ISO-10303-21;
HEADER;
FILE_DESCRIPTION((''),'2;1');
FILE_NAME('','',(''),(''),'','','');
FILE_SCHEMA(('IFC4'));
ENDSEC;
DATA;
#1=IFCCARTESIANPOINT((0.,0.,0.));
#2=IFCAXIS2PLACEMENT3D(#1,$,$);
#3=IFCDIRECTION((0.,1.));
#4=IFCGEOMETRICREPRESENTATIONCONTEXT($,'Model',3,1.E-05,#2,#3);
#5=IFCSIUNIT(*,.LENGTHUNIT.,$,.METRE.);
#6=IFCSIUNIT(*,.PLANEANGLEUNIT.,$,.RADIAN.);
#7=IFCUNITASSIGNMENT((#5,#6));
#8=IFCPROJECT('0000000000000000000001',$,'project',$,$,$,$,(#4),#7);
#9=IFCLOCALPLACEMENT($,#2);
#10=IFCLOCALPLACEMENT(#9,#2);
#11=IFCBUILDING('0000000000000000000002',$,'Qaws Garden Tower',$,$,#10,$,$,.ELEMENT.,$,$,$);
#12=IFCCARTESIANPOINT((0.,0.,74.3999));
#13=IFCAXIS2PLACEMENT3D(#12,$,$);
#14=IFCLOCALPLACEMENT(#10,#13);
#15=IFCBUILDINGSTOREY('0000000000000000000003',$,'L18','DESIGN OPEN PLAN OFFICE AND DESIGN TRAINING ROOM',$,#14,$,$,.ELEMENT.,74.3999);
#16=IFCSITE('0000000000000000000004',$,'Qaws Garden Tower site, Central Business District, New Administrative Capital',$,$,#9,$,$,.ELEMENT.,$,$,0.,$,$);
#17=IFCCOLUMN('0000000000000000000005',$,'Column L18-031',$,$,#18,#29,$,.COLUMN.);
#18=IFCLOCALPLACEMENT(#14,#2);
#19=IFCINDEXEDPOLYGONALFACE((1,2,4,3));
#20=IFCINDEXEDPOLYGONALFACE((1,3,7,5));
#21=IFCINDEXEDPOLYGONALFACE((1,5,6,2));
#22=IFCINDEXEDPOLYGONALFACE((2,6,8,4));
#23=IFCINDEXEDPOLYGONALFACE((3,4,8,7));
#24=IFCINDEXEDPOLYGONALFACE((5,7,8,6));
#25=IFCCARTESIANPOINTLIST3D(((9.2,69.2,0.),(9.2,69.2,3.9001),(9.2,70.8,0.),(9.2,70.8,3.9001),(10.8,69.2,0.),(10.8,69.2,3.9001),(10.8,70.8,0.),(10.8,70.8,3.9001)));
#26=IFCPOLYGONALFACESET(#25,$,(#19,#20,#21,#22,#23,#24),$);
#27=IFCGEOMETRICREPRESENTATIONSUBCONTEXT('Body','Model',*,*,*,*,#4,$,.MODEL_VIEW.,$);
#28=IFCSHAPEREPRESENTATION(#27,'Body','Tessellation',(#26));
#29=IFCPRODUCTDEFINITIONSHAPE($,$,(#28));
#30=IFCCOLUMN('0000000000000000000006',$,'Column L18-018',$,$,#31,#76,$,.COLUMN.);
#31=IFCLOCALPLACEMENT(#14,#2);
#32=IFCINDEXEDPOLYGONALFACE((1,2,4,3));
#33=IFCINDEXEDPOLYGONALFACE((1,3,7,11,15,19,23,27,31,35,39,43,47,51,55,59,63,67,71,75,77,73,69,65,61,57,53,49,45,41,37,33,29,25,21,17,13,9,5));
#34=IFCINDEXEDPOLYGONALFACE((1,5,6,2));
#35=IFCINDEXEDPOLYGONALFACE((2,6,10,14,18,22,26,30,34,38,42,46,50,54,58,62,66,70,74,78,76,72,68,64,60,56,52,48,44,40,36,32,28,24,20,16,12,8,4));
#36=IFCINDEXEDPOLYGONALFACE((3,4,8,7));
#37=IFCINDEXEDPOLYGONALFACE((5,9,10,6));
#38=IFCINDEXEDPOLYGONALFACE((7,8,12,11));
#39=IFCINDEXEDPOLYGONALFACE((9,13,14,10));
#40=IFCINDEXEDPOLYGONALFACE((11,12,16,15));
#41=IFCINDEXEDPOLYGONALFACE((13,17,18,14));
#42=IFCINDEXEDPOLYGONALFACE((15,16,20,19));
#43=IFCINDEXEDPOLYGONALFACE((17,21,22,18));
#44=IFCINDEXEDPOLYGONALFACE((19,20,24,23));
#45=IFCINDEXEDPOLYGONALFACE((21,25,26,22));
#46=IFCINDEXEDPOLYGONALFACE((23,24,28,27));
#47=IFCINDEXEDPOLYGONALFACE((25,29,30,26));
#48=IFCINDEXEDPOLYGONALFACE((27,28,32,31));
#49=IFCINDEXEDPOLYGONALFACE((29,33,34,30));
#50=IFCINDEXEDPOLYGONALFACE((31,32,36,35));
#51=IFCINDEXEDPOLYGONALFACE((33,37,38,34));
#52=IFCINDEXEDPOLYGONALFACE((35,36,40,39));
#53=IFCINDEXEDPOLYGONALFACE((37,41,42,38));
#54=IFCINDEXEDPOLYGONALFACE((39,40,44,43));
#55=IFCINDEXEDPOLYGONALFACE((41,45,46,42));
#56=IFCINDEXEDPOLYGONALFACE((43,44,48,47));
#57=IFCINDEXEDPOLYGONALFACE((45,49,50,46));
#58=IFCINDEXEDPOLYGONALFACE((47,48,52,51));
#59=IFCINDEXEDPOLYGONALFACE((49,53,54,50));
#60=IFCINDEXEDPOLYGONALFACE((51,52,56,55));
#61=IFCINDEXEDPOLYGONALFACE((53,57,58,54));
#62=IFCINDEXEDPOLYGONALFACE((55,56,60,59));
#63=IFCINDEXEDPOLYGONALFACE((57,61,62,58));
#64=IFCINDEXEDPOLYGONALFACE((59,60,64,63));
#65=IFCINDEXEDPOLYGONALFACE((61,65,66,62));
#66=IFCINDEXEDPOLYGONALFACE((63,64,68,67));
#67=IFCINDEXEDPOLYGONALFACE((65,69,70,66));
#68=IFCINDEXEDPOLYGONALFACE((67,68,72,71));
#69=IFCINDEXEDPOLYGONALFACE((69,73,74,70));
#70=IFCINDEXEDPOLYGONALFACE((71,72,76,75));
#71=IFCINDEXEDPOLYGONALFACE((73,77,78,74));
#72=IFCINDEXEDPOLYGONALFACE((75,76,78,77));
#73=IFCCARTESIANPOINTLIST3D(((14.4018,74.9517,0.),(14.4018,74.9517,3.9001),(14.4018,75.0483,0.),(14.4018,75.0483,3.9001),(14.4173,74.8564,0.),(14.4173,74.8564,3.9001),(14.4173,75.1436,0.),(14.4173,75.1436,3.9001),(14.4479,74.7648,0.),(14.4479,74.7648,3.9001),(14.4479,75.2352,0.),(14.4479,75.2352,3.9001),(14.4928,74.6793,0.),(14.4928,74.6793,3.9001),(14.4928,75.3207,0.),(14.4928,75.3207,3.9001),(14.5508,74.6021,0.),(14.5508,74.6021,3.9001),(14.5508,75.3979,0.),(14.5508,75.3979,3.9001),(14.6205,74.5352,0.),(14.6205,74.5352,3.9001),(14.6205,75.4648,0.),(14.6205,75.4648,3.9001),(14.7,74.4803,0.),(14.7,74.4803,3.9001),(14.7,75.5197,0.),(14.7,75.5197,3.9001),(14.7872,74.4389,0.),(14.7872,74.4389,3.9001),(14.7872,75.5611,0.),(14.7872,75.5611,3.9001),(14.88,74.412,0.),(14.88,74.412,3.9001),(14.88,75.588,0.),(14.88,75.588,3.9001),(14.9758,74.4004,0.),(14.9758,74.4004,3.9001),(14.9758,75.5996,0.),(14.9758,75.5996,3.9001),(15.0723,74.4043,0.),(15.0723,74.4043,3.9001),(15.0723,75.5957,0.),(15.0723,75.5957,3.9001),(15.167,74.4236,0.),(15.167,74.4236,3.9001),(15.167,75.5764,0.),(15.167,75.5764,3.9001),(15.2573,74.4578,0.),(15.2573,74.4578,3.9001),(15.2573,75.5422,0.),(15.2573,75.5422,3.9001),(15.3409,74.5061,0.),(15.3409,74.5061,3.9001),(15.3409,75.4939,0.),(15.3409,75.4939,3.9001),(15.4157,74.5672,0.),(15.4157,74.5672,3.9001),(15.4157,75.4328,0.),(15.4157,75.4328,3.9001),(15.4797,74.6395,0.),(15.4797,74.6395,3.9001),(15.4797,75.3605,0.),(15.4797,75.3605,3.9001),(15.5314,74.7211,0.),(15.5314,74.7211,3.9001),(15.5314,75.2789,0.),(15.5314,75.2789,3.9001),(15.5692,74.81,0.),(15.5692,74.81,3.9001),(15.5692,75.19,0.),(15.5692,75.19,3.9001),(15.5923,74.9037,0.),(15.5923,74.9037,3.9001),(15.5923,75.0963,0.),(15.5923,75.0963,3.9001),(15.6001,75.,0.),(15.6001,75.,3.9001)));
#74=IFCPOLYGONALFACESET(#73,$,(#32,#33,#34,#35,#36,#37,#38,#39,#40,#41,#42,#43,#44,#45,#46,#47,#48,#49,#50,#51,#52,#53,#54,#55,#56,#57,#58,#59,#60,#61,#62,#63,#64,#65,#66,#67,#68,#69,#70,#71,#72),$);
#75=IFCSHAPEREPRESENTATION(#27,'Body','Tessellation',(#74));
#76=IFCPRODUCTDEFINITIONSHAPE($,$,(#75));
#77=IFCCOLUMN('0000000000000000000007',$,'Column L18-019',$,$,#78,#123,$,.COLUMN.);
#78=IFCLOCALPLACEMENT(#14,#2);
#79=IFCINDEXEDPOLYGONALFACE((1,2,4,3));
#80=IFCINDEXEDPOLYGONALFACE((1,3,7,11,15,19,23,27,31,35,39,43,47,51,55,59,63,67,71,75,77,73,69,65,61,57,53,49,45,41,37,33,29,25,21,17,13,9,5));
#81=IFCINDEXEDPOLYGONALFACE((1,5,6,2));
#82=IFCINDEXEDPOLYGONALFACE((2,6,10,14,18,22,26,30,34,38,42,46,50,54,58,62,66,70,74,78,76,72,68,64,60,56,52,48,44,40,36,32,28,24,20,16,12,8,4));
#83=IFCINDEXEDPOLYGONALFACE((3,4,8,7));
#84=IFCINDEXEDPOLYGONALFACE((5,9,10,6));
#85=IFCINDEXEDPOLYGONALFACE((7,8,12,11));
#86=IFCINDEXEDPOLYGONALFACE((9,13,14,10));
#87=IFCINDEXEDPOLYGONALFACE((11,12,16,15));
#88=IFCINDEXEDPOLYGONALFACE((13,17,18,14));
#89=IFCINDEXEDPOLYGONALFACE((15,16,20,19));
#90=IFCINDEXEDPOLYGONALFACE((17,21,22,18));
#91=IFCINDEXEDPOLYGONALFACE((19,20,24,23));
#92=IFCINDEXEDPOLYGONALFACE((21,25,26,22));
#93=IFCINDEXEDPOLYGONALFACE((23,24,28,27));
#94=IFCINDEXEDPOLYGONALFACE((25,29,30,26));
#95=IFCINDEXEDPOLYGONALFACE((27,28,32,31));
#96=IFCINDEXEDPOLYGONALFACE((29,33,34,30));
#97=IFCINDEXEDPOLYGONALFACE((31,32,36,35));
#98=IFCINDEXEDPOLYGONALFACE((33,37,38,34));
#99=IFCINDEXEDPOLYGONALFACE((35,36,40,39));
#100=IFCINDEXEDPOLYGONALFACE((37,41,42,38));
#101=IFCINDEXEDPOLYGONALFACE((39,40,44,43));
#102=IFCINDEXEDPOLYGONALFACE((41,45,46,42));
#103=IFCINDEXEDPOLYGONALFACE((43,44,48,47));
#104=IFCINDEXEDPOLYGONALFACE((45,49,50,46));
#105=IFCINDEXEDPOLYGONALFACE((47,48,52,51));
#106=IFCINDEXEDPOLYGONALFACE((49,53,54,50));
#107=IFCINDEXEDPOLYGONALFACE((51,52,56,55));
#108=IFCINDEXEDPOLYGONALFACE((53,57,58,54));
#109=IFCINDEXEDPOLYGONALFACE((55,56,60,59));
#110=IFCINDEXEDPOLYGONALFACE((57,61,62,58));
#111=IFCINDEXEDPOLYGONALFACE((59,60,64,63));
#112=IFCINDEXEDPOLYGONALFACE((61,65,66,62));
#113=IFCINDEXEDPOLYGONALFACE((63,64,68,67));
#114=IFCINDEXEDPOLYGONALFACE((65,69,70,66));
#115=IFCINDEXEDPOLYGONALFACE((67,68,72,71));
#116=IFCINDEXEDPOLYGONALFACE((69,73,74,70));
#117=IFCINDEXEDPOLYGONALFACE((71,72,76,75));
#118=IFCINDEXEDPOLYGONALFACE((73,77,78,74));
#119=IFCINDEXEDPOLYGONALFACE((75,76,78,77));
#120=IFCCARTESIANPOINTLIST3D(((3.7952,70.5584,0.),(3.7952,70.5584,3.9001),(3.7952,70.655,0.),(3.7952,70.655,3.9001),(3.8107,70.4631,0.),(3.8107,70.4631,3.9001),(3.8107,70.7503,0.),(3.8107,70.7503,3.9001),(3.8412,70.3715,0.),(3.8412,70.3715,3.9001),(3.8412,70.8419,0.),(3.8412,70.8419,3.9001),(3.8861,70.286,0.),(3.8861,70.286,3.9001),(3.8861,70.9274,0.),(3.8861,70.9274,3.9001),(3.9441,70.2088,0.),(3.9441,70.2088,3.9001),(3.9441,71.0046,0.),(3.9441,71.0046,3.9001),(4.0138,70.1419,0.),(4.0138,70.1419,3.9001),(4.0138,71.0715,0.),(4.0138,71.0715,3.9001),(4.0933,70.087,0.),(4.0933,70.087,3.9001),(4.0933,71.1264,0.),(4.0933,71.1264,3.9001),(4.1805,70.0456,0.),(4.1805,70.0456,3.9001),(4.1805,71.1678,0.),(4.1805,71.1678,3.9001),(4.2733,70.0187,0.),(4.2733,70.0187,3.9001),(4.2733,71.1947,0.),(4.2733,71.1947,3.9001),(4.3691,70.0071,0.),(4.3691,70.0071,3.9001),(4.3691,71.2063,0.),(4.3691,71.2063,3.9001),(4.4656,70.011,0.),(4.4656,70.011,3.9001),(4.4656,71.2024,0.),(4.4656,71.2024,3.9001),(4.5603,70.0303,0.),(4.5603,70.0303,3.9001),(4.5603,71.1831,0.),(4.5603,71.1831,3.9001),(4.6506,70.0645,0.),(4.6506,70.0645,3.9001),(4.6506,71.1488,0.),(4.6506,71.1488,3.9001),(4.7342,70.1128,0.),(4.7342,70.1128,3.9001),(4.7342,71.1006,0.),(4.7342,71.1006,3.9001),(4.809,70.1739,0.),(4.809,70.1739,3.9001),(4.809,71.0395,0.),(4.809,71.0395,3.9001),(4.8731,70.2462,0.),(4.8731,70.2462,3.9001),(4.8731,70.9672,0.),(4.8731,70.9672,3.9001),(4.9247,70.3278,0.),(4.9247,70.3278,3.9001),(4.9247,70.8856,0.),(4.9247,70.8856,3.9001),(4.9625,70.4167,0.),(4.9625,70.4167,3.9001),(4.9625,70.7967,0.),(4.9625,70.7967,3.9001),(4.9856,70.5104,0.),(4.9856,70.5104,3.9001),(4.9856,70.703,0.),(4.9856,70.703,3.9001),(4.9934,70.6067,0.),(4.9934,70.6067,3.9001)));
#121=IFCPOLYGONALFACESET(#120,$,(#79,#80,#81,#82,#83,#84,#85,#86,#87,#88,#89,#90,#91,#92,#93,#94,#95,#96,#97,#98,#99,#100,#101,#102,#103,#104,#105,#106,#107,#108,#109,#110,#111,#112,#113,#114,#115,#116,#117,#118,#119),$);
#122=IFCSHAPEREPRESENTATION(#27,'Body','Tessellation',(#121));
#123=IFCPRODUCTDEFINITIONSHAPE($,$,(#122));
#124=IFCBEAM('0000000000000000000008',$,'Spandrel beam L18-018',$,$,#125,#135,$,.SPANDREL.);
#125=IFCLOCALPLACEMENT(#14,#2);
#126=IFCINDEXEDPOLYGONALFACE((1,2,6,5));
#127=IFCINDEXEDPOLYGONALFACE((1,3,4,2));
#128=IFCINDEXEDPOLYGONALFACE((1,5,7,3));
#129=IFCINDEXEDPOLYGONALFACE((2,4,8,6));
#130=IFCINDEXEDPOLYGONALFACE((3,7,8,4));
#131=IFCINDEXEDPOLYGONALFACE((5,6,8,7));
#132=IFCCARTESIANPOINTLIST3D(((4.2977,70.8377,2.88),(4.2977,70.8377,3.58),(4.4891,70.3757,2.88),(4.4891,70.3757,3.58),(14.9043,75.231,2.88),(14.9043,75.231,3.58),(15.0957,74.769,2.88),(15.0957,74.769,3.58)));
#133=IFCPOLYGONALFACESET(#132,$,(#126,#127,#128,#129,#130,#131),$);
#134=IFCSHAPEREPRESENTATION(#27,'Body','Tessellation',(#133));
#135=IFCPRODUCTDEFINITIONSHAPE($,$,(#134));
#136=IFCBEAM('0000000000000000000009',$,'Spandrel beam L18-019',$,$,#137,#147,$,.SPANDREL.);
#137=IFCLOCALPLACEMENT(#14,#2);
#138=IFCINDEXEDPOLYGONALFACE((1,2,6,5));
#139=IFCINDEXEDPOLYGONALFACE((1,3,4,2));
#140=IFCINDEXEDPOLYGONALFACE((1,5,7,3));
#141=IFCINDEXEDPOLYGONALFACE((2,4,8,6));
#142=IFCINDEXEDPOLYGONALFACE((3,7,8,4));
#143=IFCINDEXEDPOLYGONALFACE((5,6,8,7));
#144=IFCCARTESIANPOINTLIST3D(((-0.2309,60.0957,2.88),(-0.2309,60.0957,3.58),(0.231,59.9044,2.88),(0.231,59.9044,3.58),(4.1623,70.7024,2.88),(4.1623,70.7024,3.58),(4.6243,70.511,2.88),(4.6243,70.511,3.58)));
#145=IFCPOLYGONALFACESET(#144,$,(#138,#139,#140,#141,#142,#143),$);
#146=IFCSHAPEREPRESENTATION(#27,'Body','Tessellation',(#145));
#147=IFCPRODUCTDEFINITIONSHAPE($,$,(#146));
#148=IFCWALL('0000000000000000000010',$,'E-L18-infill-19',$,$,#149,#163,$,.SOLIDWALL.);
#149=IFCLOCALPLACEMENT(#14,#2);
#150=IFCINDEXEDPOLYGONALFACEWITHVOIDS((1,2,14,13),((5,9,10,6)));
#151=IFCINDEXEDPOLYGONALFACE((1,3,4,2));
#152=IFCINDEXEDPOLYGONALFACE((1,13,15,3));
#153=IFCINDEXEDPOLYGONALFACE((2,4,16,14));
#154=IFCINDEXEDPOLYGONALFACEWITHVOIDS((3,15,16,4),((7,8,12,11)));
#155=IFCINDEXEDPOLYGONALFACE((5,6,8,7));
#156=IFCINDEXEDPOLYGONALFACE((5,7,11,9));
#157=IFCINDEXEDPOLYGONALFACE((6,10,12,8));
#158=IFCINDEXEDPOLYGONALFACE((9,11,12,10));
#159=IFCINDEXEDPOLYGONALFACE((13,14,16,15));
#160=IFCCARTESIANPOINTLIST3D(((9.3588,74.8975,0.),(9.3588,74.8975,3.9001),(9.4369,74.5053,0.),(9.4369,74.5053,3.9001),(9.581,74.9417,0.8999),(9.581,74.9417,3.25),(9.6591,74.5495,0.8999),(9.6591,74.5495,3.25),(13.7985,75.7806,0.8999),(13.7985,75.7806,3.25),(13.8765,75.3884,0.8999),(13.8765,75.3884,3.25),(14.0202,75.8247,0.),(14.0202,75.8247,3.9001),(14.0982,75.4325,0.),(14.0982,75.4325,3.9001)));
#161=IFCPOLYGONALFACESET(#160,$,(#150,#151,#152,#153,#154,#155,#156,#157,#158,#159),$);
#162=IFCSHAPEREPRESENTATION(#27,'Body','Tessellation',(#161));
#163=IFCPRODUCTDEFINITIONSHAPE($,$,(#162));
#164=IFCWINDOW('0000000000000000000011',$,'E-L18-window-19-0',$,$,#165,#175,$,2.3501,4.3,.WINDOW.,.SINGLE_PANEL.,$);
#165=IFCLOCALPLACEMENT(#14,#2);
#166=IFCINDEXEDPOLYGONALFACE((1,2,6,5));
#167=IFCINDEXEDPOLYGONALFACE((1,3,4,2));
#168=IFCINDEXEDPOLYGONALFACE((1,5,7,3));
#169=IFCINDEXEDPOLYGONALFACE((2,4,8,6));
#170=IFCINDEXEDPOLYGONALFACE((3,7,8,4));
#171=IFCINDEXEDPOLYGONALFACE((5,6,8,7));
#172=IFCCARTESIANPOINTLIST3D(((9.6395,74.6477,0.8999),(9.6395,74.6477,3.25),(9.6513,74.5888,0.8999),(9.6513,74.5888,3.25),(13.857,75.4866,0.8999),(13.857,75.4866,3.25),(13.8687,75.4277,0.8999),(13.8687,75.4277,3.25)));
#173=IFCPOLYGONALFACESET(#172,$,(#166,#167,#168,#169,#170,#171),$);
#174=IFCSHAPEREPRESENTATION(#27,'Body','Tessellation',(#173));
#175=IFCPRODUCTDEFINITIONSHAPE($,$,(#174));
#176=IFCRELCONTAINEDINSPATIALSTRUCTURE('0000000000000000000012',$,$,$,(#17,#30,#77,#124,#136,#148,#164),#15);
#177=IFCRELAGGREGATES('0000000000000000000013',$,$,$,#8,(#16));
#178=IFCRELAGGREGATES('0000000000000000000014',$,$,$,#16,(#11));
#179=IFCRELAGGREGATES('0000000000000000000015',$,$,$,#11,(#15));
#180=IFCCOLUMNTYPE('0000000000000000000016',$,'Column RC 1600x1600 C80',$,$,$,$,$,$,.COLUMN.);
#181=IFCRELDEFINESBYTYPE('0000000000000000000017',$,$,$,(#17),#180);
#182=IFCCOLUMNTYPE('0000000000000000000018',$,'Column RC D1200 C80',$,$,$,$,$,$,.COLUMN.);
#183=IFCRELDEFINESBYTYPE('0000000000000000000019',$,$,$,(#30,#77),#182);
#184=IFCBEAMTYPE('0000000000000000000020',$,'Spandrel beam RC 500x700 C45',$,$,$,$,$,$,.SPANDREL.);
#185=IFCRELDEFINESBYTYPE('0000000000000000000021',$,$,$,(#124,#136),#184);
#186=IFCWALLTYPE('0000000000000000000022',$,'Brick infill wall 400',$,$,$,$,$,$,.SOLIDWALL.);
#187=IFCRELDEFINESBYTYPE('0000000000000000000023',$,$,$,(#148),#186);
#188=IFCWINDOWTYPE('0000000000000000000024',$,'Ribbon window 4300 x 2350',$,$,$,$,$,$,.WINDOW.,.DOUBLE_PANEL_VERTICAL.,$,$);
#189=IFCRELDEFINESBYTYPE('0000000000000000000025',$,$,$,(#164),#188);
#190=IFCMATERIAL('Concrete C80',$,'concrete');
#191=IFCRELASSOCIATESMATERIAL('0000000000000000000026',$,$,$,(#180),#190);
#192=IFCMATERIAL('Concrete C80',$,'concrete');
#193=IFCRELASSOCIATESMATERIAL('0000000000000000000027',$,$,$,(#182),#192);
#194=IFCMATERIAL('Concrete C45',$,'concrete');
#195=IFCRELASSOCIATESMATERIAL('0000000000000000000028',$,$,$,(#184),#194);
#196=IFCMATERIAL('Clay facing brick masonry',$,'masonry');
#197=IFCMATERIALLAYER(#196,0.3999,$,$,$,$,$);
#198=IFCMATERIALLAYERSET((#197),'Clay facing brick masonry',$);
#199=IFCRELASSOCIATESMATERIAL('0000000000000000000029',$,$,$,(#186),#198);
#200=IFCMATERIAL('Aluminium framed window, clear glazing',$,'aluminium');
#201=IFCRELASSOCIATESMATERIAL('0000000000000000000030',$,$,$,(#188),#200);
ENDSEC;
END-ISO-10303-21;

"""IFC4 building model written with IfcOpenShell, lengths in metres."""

from ifc_helpers import new_model, si_unit, direction, frame, frame_2d, origin, origin_2d, place, context, subcontext, project, spatial, rectangle, circle, extrude, material, layer, layer_set, material_profile, profile_set, type_object, element, fill, save


model = new_model("IFC4")

# Units and contexts
model_context = context("Model", 3, precision=1e-05, world=origin(), true_north=direction((0.0, 1.0)))
body_context = subcontext(model_context, "Body", "Model", "MODEL_VIEW")
ifc_project = project(units=[si_unit("LENGTHUNIT", "METRE"), si_unit("PLANEANGLEUNIT", "RADIAN")], contexts=[model_context])

# Site, building, storey
site_placement = place(None, origin())
site = spatial("IfcSite", under=ifc_project, at=site_placement, Name="Qaws Garden Tower site, Central Business District, New Administrative Capital", CompositionType="ELEMENT", RefElevation=0.0)
building_placement = place(site_placement, origin())
building = spatial("IfcBuilding", under=site, at=building_placement, Name="Qaws Garden Tower", CompositionType="ELEMENT")
storey_placement = place(building_placement, frame((0.0, 0.0, 74.3999)))
storey = spatial("IfcBuildingStorey", under=building, at=storey_placement, Name="L18", Description="DESIGN OPEN PLAN OFFICE AND DESIGN TRAINING ROOM", CompositionType="ELEMENT", Elevation=74.3999)

# Columns
ifc_material_1 = material(Name="Concrete C80", Category="concrete")
ifc_material_profile_1 = material_profile(ifc_material_1, rectangle(XDim=1.6001, YDim=1.6001, at=origin_2d()), Name="RC 1600x1600")
ifc_profile_set_1 = profile_set([ifc_material_profile_1], Name="Concrete C80")
column_type_1 = type_object("IfcColumnType", Name="Column RC 1600x1600 C80", PredefinedType="COLUMN", material=ifc_profile_set_1)
column_placement = place(storey_placement, frame((10.0, 70.0, 0.0), z_axis=(0.0, 0.0, 1.0), x_axis=(1.0, 0.0, 0.0)))
element("IfcColumn", 1, at=column_placement, inside=storey, type_object=column_type_1, Name="Column L18-031", PredefinedType="COLUMN", context=body_context, shape_type="SweptSolid", body=[
    extrude(rectangle(XDim=1.6001, YDim=1.6001, at=origin_2d()), origin(), (0.0, 0.0, 1.0), 3.9001),
])
ifc_material_2 = material(Name="Concrete C80", Category="concrete")
ifc_material_profile_2 = material_profile(ifc_material_2, circle(Radius=0.6001, at=origin_2d()), Name="RC D1200")
ifc_profile_set_2 = profile_set([ifc_material_profile_2], Name="Concrete C80")
column_type_2 = type_object("IfcColumnType", Name="Column RC D1200 C80", PredefinedType="COLUMN", material=ifc_profile_set_2)
for number, where, z_axis, x_axis, name in (
    (2, (15.0, 75.0, 0.0), (0.0, 0.0, 1.0), (1.0, 0.0, 0.0), "Column L18-018"),
    (3, (4.3933, 70.6067, 0.0), (0.0, 0.0, 1.0), (1.0, 0.0, 0.0), "Column L18-019"),
):
    element("IfcColumn", number, at=place(storey_placement, frame(where, z_axis=z_axis, x_axis=x_axis)), inside=storey, type_object=column_type_2, Name=name, PredefinedType="COLUMN", context=body_context, shape_type="SweptSolid", body=[
        extrude(circle(Radius=0.6001, at=origin_2d()), origin(), (0.0, 0.0, 1.0), 3.9001),
    ])

# Beams
ifc_material_3 = material(Name="Concrete C45", Category="concrete")
ifc_material_profile_3 = material_profile(ifc_material_3, rectangle(XDim=0.5, YDim=0.7, at=origin_2d()), Name="RC 500x700")
ifc_profile_set_3 = profile_set([ifc_material_profile_3], Name="Concrete C45")
beam_type = type_object("IfcBeamType", Name="Spandrel beam RC 500x700 C45", PredefinedType="SPANDREL", material=ifc_profile_set_3)
for number, where, z_axis, x_axis, name in (
    (4, (15.0, 75.0, 3.23), (-0.923883, -0.382674, 0.0), (0.382674, -0.923883, 0.0), "Spandrel beam L18-018"),
    (5, (4.3933, 70.6067, 3.23), (-0.382674, -0.923883, 0.0), (0.923883, -0.382674, 0.0), "Spandrel beam L18-019"),
):
    element("IfcBeam", number, at=place(storey_placement, frame(where, z_axis=z_axis, x_axis=x_axis)), inside=storey, type_object=beam_type, Name=name, PredefinedType="SPANDREL", context=body_context, shape_type="SweptSolid", body=[
        extrude(rectangle(XDim=0.5, YDim=0.7, at=origin_2d()), origin(), (0.0, 0.0, 1.0), 11.4805),
    ])

# Wall, opening, window
ifc_material_4 = material(Name="Clay facing brick masonry", Category="masonry")
ifc_layer_1 = layer(ifc_material_4, 0.3999)
ifc_layer_set_1 = layer_set([ifc_layer_1], Name="Clay facing brick masonry")
wall_type_1 = type_object("IfcWallType", Name="Brick infill wall 400", PredefinedType="SOLIDWALL", material=ifc_layer_set_1)
wall_1_placement = place(storey_placement, frame((14.0593, 75.6287, 0.0), z_axis=(0.0, 0.0, 1.0), x_axis=(-0.980784, -0.195099, 0.0)))
wall_1 = element("IfcWall", 6, at=wall_1_placement, inside=storey, type_object=wall_type_1, Name="E-L18-infill-19", PredefinedType="SOLIDWALL", context=body_context, shape_type="SweptSolid", body=[
    extrude(rectangle(XDim=4.7527, YDim=0.3999, at=frame_2d((2.3765, 0.0))), origin(), (0.0, 0.0, 1.0), 3.9001),
])
opening_1_placement = place(wall_1_placement, frame((0.2263, 0.0, 0.8999)))
opening_1 = element("IfcOpeningElement", 7, at=opening_1_placement, cuts=wall_1, PredefinedType="OPENING", context=body_context, shape_type="SweptSolid", body=[
    extrude(rectangle(XDim=4.3, YDim=2.3501, at=frame_2d((2.1499, 1.175))), frame((0.0, 0.21, 0.0), z_axis=(0.0, -1.0, 0.0), x_axis=(1.0, 0.0, 0.0)), (0.0, 0.0, 1.0), 0.4199),
])
ifc_material_5 = material(Name="Aluminium framed window, clear glazing", Category="aluminium")
window_type = type_object("IfcWindowType", Name="Ribbon window 4300 x 2350", PartitioningType="DOUBLE_PANEL_VERTICAL", PredefinedType="WINDOW", material=ifc_material_5)
window_1_placement = place(opening_1_placement, origin())
window_1 = element("IfcWindow", 8, at=window_1_placement, inside=storey, type_object=window_type, Name="E-L18-window-19-0", OverallHeight=2.3501, OverallWidth=4.3, PartitioningType="SINGLE_PANEL", PredefinedType="WINDOW", context=body_context, shape_type="SweptSolid", body=[
    extrude(rectangle(XDim=4.3, YDim=2.3501, at=frame_2d((2.1499, 1.175))), frame((0.0, 0.1599, 0.0), z_axis=(0.0, -1.0, 0.0), x_axis=(1.0, 0.0, 0.0)), (0.0, 0.0, 1.0), 0.0601),
])
fill(opening_1, window_1)

save(model, "model.ifc")
